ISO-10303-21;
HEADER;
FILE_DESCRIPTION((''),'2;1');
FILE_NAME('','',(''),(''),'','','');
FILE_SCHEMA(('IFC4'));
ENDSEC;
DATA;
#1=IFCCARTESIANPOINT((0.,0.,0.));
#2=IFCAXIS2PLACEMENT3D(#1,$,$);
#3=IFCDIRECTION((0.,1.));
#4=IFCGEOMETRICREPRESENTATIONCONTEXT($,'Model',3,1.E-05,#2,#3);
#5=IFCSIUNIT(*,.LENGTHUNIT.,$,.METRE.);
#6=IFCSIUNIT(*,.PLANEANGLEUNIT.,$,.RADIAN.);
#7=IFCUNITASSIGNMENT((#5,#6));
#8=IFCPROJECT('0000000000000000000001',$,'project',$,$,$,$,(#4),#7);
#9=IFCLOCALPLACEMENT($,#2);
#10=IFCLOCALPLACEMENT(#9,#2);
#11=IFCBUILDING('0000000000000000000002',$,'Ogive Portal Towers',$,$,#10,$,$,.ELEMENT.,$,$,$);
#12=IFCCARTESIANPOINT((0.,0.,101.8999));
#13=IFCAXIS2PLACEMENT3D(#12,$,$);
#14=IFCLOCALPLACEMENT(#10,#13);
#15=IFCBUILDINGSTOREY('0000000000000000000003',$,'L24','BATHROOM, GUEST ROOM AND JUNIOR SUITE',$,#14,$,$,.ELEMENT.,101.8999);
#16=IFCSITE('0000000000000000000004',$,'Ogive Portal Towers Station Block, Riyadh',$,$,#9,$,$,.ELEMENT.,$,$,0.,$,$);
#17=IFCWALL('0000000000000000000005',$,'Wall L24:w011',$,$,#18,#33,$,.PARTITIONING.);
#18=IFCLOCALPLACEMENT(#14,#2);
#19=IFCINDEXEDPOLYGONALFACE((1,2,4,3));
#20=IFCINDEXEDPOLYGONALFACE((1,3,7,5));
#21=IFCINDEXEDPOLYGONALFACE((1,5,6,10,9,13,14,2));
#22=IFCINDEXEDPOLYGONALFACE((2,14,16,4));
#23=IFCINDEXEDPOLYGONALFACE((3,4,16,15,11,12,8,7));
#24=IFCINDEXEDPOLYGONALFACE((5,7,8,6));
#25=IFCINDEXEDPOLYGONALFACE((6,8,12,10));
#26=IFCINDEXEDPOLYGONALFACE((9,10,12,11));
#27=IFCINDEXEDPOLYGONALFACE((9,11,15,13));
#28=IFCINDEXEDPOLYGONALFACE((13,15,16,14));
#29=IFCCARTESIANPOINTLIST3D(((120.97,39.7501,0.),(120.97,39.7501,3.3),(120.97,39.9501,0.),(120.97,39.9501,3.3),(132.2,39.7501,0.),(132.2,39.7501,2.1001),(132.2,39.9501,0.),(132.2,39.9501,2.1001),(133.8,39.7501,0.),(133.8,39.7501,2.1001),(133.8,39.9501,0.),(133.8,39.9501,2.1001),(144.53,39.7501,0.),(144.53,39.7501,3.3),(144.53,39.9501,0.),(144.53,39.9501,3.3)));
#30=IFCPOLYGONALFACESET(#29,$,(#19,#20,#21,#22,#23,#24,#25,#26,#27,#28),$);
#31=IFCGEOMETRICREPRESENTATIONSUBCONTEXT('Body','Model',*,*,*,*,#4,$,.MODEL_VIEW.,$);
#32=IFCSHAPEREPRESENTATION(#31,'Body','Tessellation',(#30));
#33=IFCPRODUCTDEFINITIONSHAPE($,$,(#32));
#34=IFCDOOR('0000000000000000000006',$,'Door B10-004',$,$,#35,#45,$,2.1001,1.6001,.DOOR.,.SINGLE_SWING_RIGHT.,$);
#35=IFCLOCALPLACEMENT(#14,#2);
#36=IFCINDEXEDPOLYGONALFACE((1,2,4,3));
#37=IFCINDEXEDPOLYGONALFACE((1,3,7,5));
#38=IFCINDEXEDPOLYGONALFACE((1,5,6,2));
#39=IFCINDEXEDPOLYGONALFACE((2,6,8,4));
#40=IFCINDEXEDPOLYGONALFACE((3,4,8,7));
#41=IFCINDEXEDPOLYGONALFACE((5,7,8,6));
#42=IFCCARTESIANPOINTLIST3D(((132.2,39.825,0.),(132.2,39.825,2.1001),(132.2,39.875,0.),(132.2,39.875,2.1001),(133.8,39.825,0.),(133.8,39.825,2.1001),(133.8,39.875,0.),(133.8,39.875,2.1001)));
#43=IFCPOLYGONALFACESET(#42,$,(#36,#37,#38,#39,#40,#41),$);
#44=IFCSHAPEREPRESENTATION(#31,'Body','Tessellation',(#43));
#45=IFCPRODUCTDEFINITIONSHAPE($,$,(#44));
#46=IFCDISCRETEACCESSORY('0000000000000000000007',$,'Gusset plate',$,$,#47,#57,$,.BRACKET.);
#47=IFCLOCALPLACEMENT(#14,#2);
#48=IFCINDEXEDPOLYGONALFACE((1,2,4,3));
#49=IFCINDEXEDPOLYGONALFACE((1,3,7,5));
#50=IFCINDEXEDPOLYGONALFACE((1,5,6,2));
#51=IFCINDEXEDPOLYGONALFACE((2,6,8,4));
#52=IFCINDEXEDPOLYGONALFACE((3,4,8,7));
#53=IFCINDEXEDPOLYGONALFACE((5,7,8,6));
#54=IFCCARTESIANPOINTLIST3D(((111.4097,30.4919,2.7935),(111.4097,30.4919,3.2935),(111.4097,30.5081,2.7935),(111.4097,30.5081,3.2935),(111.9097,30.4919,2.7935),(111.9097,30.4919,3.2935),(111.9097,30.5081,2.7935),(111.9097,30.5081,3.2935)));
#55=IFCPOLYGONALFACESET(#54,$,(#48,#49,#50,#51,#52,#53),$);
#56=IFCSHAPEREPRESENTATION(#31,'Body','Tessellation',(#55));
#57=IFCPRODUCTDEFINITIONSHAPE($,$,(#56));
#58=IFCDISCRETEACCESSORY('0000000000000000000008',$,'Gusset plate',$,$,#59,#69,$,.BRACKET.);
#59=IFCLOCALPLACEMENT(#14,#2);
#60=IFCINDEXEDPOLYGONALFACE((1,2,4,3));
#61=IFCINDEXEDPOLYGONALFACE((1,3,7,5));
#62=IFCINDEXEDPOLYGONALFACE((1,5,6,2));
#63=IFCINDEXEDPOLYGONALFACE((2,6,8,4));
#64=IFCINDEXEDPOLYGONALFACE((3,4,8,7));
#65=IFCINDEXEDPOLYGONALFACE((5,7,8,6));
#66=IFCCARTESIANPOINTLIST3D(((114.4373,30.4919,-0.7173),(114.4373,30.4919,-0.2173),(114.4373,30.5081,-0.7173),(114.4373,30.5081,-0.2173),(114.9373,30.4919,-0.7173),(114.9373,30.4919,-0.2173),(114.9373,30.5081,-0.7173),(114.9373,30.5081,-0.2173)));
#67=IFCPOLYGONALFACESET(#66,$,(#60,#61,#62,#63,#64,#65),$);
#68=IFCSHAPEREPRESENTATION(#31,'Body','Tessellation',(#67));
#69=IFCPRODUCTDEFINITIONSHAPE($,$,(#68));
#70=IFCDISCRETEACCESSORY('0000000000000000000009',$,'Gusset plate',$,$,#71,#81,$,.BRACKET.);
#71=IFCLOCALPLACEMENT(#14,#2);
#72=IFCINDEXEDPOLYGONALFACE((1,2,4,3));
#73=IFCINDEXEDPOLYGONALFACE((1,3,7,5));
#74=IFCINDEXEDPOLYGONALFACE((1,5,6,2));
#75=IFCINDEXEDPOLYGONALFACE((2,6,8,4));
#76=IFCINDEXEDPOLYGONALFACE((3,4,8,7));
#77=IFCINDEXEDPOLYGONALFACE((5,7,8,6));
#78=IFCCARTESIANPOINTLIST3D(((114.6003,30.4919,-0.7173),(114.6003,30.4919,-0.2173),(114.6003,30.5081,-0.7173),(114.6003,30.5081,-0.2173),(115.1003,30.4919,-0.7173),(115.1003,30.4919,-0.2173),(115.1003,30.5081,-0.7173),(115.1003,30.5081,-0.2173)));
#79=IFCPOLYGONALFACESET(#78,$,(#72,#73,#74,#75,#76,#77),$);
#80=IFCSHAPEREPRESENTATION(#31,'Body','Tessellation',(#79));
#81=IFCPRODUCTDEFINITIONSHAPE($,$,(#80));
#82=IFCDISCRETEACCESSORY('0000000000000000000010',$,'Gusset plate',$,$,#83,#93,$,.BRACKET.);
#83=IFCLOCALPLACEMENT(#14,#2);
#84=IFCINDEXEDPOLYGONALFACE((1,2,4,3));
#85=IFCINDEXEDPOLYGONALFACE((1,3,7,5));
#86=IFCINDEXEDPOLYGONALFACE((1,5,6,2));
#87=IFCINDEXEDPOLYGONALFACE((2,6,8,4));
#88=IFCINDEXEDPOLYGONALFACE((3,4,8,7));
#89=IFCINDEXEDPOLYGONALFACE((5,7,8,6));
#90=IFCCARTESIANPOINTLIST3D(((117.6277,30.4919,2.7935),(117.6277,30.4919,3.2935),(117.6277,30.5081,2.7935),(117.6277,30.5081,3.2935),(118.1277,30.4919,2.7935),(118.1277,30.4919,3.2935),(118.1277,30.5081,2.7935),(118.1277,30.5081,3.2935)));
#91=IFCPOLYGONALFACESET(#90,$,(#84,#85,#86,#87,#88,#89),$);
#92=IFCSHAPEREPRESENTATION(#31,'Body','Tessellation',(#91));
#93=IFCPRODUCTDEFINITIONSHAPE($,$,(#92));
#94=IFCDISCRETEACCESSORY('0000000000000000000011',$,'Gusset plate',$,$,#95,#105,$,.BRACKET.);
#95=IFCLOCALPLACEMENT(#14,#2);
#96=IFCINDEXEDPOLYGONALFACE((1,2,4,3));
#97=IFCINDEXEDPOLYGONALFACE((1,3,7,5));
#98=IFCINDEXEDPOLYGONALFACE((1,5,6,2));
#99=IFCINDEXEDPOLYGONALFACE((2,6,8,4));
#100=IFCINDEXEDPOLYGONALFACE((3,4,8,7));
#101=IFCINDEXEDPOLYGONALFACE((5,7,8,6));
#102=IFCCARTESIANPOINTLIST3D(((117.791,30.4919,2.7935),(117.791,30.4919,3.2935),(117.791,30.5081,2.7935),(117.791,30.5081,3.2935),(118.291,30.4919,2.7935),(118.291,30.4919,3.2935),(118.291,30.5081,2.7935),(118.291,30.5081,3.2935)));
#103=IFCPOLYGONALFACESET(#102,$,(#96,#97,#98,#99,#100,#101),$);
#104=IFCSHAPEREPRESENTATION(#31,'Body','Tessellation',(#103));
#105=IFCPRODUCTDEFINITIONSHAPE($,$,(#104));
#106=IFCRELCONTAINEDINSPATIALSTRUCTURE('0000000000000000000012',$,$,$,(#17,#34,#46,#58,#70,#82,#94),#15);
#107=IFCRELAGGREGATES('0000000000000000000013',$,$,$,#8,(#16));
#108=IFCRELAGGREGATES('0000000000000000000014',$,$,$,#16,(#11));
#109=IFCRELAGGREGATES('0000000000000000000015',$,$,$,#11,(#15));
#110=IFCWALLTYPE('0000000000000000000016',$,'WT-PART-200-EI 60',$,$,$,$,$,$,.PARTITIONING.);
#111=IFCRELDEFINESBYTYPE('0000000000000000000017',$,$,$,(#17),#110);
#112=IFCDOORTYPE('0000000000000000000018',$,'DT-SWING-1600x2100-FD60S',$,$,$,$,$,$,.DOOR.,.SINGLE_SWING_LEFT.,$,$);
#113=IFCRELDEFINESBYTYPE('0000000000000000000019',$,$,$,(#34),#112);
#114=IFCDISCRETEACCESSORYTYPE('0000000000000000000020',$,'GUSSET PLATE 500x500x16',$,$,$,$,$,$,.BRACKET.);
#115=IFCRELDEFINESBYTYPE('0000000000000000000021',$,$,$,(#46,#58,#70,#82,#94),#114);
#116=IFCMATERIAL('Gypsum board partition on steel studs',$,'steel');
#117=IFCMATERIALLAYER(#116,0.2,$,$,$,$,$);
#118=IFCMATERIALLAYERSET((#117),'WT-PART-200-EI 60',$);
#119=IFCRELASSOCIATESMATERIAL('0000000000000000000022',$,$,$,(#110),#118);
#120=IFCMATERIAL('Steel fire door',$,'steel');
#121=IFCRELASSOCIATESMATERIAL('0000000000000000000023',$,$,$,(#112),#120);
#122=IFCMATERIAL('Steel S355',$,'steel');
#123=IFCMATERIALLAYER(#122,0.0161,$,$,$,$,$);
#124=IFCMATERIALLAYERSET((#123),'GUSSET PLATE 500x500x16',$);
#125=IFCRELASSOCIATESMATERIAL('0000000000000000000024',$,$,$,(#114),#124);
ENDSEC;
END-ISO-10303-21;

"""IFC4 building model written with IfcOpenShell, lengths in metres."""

from ifc_helpers import new_model, si_unit, direction, frame, frame_2d, origin, origin_2d, place, context, subcontext, project, spatial, rectangle, extrude, material, layer, layer_set, type_object, element, fill, save


model = new_model("IFC4")

# Units and contexts
model_context = context("Model", 3, precision=1e-05, world=origin(), true_north=direction((0.0, 1.0)))
body_context = subcontext(model_context, "Body", "Model", "MODEL_VIEW")
ifc_project = project(units=[si_unit("LENGTHUNIT", "METRE"), si_unit("PLANEANGLEUNIT", "RADIAN")], contexts=[model_context])

# Site, building, storey
site_placement = place(None, origin())
site = spatial("IfcSite", under=ifc_project, at=site_placement, Name="Ogive Portal Towers Station Block, Riyadh", CompositionType="ELEMENT", RefElevation=0.0)
building_placement = place(site_placement, origin())
building = spatial("IfcBuilding", under=site, at=building_placement, Name="Ogive Portal Towers", CompositionType="ELEMENT")
storey_placement = place(building_placement, frame((0.0, 0.0, 101.8999)))
storey = spatial("IfcBuildingStorey", under=building, at=storey_placement, Name="L24", Description="BATHROOM, GUEST ROOM AND JUNIOR SUITE", CompositionType="ELEMENT", Elevation=101.8999)

# Shared definitions
ifc_material_1 = material(Name="Steel S355", Category="steel")

# Shared definitions
ifc_material_2 = material(Name="Gypsum board partition on steel studs", Category="steel")
ifc_layer_1 = layer(ifc_material_2, 0.2)
ifc_layer_set_1 = layer_set([ifc_layer_1], Name="WT-PART-200-EI 60")
wall_type = type_object("IfcWallType", Name="WT-PART-200-EI 60", PredefinedType="PARTITIONING", material=ifc_layer_set_1)

# Wall, opening, door
wall_1_placement = place(storey_placement, frame((120.97, 39.8501, 0.0), z_axis=(0.0, 0.0, 1.0), x_axis=(1.0, 0.0, 0.0)))
wall_1 = element("IfcWall", 1, at=wall_1_placement, inside=storey, type_object=wall_type, Name="Wall L24:w011", PredefinedType="PARTITIONING", context=body_context, shape_type="SweptSolid", body=[
    extrude(rectangle(XDim=23.5601, YDim=0.2, at=frame_2d((11.78, 0.0))), origin(), (0.0, 0.0, 1.0), 3.3),
])
opening_placement = place(wall_1_placement, frame((11.23, 0.0, 0.0)))
opening = element("IfcOpeningElement", 2, at=opening_placement, cuts=wall_1, PredefinedType="OPENING", context=body_context, shape_type="SweptSolid", body=[
    extrude(rectangle(XDim=1.6001, YDim=2.1001, at=frame_2d((0.8, 1.05))), frame((0.0, 0.1099, 0.0), z_axis=(0.0, -1.0, 0.0), x_axis=(1.0, 0.0, 0.0)), (0.0, 0.0, 1.0), 0.22),
])
ifc_material_3 = material(Name="Steel fire door", Category="steel")
door_type = type_object("IfcDoorType", Name="DT-SWING-1600x2100-FD60S", OperationType="SINGLE_SWING_LEFT", PredefinedType="DOOR", material=ifc_material_3)
door_placement = place(opening_placement, origin())
door = element("IfcDoor", 3, at=door_placement, inside=storey, type_object=door_type, Name="Door B10-004", OperationType="SINGLE_SWING_RIGHT", OverallHeight=2.1001, OverallWidth=1.6001, PredefinedType="DOOR", context=body_context, shape_type="SweptSolid", body=[
    extrude(rectangle(XDim=1.6001, YDim=2.1001, at=frame_2d((0.8, 1.05))), frame((0.0, 0.0249, 0.0), z_axis=(0.0, -1.0, 0.0), x_axis=(1.0, 0.0, 0.0)), (0.0, 0.0, 1.0), 0.05),
])
fill(opening, door)

# Discrete accessories
ifc_layer_2 = layer(ifc_material_1, 0.0161)
ifc_layer_set_2 = layer_set([ifc_layer_2], Name="GUSSET PLATE 500x500x16")
discrete_accessory_type = type_object("IfcDiscreteAccessoryType", Name="GUSSET PLATE 500x500x16", PredefinedType="BRACKET", material=ifc_layer_set_2)
for number, where, z_axis, x_axis, name in (
    (4, (111.6597, 30.5, 2.7935), (0.0, 0.0, 1.0), (1.0, 0.0, 0.0), "Gusset plate"),
    (5, (114.6873, 30.5, -0.7173), (0.0, 0.0, 1.0), (1.0, 0.0, 0.0), "Gusset plate"),
    (6, (114.8503, 30.5, -0.7173), (0.0, 0.0, 1.0), (1.0, 0.0, 0.0), "Gusset plate"),
    (7, (117.8777, 30.5, 2.7935), (0.0, 0.0, 1.0), (1.0, 0.0, 0.0), "Gusset plate"),
    (8, (118.041, 30.5, 2.7935), (0.0, 0.0, 1.0), (1.0, 0.0, 0.0), "Gusset plate"),
):
    element("IfcDiscreteAccessory", number, at=place(storey_placement, frame(where, z_axis=z_axis, x_axis=x_axis)), inside=storey, type_object=discrete_accessory_type, Name=name, PredefinedType="BRACKET", context=body_context, shape_type="SweptSolid", body=[
        extrude(rectangle(XDim=0.5, YDim=0.0161, at=origin_2d()), origin(), (0.0, 0.0, 1.0), 0.5),
    ])

save(model, "model.ifc")
